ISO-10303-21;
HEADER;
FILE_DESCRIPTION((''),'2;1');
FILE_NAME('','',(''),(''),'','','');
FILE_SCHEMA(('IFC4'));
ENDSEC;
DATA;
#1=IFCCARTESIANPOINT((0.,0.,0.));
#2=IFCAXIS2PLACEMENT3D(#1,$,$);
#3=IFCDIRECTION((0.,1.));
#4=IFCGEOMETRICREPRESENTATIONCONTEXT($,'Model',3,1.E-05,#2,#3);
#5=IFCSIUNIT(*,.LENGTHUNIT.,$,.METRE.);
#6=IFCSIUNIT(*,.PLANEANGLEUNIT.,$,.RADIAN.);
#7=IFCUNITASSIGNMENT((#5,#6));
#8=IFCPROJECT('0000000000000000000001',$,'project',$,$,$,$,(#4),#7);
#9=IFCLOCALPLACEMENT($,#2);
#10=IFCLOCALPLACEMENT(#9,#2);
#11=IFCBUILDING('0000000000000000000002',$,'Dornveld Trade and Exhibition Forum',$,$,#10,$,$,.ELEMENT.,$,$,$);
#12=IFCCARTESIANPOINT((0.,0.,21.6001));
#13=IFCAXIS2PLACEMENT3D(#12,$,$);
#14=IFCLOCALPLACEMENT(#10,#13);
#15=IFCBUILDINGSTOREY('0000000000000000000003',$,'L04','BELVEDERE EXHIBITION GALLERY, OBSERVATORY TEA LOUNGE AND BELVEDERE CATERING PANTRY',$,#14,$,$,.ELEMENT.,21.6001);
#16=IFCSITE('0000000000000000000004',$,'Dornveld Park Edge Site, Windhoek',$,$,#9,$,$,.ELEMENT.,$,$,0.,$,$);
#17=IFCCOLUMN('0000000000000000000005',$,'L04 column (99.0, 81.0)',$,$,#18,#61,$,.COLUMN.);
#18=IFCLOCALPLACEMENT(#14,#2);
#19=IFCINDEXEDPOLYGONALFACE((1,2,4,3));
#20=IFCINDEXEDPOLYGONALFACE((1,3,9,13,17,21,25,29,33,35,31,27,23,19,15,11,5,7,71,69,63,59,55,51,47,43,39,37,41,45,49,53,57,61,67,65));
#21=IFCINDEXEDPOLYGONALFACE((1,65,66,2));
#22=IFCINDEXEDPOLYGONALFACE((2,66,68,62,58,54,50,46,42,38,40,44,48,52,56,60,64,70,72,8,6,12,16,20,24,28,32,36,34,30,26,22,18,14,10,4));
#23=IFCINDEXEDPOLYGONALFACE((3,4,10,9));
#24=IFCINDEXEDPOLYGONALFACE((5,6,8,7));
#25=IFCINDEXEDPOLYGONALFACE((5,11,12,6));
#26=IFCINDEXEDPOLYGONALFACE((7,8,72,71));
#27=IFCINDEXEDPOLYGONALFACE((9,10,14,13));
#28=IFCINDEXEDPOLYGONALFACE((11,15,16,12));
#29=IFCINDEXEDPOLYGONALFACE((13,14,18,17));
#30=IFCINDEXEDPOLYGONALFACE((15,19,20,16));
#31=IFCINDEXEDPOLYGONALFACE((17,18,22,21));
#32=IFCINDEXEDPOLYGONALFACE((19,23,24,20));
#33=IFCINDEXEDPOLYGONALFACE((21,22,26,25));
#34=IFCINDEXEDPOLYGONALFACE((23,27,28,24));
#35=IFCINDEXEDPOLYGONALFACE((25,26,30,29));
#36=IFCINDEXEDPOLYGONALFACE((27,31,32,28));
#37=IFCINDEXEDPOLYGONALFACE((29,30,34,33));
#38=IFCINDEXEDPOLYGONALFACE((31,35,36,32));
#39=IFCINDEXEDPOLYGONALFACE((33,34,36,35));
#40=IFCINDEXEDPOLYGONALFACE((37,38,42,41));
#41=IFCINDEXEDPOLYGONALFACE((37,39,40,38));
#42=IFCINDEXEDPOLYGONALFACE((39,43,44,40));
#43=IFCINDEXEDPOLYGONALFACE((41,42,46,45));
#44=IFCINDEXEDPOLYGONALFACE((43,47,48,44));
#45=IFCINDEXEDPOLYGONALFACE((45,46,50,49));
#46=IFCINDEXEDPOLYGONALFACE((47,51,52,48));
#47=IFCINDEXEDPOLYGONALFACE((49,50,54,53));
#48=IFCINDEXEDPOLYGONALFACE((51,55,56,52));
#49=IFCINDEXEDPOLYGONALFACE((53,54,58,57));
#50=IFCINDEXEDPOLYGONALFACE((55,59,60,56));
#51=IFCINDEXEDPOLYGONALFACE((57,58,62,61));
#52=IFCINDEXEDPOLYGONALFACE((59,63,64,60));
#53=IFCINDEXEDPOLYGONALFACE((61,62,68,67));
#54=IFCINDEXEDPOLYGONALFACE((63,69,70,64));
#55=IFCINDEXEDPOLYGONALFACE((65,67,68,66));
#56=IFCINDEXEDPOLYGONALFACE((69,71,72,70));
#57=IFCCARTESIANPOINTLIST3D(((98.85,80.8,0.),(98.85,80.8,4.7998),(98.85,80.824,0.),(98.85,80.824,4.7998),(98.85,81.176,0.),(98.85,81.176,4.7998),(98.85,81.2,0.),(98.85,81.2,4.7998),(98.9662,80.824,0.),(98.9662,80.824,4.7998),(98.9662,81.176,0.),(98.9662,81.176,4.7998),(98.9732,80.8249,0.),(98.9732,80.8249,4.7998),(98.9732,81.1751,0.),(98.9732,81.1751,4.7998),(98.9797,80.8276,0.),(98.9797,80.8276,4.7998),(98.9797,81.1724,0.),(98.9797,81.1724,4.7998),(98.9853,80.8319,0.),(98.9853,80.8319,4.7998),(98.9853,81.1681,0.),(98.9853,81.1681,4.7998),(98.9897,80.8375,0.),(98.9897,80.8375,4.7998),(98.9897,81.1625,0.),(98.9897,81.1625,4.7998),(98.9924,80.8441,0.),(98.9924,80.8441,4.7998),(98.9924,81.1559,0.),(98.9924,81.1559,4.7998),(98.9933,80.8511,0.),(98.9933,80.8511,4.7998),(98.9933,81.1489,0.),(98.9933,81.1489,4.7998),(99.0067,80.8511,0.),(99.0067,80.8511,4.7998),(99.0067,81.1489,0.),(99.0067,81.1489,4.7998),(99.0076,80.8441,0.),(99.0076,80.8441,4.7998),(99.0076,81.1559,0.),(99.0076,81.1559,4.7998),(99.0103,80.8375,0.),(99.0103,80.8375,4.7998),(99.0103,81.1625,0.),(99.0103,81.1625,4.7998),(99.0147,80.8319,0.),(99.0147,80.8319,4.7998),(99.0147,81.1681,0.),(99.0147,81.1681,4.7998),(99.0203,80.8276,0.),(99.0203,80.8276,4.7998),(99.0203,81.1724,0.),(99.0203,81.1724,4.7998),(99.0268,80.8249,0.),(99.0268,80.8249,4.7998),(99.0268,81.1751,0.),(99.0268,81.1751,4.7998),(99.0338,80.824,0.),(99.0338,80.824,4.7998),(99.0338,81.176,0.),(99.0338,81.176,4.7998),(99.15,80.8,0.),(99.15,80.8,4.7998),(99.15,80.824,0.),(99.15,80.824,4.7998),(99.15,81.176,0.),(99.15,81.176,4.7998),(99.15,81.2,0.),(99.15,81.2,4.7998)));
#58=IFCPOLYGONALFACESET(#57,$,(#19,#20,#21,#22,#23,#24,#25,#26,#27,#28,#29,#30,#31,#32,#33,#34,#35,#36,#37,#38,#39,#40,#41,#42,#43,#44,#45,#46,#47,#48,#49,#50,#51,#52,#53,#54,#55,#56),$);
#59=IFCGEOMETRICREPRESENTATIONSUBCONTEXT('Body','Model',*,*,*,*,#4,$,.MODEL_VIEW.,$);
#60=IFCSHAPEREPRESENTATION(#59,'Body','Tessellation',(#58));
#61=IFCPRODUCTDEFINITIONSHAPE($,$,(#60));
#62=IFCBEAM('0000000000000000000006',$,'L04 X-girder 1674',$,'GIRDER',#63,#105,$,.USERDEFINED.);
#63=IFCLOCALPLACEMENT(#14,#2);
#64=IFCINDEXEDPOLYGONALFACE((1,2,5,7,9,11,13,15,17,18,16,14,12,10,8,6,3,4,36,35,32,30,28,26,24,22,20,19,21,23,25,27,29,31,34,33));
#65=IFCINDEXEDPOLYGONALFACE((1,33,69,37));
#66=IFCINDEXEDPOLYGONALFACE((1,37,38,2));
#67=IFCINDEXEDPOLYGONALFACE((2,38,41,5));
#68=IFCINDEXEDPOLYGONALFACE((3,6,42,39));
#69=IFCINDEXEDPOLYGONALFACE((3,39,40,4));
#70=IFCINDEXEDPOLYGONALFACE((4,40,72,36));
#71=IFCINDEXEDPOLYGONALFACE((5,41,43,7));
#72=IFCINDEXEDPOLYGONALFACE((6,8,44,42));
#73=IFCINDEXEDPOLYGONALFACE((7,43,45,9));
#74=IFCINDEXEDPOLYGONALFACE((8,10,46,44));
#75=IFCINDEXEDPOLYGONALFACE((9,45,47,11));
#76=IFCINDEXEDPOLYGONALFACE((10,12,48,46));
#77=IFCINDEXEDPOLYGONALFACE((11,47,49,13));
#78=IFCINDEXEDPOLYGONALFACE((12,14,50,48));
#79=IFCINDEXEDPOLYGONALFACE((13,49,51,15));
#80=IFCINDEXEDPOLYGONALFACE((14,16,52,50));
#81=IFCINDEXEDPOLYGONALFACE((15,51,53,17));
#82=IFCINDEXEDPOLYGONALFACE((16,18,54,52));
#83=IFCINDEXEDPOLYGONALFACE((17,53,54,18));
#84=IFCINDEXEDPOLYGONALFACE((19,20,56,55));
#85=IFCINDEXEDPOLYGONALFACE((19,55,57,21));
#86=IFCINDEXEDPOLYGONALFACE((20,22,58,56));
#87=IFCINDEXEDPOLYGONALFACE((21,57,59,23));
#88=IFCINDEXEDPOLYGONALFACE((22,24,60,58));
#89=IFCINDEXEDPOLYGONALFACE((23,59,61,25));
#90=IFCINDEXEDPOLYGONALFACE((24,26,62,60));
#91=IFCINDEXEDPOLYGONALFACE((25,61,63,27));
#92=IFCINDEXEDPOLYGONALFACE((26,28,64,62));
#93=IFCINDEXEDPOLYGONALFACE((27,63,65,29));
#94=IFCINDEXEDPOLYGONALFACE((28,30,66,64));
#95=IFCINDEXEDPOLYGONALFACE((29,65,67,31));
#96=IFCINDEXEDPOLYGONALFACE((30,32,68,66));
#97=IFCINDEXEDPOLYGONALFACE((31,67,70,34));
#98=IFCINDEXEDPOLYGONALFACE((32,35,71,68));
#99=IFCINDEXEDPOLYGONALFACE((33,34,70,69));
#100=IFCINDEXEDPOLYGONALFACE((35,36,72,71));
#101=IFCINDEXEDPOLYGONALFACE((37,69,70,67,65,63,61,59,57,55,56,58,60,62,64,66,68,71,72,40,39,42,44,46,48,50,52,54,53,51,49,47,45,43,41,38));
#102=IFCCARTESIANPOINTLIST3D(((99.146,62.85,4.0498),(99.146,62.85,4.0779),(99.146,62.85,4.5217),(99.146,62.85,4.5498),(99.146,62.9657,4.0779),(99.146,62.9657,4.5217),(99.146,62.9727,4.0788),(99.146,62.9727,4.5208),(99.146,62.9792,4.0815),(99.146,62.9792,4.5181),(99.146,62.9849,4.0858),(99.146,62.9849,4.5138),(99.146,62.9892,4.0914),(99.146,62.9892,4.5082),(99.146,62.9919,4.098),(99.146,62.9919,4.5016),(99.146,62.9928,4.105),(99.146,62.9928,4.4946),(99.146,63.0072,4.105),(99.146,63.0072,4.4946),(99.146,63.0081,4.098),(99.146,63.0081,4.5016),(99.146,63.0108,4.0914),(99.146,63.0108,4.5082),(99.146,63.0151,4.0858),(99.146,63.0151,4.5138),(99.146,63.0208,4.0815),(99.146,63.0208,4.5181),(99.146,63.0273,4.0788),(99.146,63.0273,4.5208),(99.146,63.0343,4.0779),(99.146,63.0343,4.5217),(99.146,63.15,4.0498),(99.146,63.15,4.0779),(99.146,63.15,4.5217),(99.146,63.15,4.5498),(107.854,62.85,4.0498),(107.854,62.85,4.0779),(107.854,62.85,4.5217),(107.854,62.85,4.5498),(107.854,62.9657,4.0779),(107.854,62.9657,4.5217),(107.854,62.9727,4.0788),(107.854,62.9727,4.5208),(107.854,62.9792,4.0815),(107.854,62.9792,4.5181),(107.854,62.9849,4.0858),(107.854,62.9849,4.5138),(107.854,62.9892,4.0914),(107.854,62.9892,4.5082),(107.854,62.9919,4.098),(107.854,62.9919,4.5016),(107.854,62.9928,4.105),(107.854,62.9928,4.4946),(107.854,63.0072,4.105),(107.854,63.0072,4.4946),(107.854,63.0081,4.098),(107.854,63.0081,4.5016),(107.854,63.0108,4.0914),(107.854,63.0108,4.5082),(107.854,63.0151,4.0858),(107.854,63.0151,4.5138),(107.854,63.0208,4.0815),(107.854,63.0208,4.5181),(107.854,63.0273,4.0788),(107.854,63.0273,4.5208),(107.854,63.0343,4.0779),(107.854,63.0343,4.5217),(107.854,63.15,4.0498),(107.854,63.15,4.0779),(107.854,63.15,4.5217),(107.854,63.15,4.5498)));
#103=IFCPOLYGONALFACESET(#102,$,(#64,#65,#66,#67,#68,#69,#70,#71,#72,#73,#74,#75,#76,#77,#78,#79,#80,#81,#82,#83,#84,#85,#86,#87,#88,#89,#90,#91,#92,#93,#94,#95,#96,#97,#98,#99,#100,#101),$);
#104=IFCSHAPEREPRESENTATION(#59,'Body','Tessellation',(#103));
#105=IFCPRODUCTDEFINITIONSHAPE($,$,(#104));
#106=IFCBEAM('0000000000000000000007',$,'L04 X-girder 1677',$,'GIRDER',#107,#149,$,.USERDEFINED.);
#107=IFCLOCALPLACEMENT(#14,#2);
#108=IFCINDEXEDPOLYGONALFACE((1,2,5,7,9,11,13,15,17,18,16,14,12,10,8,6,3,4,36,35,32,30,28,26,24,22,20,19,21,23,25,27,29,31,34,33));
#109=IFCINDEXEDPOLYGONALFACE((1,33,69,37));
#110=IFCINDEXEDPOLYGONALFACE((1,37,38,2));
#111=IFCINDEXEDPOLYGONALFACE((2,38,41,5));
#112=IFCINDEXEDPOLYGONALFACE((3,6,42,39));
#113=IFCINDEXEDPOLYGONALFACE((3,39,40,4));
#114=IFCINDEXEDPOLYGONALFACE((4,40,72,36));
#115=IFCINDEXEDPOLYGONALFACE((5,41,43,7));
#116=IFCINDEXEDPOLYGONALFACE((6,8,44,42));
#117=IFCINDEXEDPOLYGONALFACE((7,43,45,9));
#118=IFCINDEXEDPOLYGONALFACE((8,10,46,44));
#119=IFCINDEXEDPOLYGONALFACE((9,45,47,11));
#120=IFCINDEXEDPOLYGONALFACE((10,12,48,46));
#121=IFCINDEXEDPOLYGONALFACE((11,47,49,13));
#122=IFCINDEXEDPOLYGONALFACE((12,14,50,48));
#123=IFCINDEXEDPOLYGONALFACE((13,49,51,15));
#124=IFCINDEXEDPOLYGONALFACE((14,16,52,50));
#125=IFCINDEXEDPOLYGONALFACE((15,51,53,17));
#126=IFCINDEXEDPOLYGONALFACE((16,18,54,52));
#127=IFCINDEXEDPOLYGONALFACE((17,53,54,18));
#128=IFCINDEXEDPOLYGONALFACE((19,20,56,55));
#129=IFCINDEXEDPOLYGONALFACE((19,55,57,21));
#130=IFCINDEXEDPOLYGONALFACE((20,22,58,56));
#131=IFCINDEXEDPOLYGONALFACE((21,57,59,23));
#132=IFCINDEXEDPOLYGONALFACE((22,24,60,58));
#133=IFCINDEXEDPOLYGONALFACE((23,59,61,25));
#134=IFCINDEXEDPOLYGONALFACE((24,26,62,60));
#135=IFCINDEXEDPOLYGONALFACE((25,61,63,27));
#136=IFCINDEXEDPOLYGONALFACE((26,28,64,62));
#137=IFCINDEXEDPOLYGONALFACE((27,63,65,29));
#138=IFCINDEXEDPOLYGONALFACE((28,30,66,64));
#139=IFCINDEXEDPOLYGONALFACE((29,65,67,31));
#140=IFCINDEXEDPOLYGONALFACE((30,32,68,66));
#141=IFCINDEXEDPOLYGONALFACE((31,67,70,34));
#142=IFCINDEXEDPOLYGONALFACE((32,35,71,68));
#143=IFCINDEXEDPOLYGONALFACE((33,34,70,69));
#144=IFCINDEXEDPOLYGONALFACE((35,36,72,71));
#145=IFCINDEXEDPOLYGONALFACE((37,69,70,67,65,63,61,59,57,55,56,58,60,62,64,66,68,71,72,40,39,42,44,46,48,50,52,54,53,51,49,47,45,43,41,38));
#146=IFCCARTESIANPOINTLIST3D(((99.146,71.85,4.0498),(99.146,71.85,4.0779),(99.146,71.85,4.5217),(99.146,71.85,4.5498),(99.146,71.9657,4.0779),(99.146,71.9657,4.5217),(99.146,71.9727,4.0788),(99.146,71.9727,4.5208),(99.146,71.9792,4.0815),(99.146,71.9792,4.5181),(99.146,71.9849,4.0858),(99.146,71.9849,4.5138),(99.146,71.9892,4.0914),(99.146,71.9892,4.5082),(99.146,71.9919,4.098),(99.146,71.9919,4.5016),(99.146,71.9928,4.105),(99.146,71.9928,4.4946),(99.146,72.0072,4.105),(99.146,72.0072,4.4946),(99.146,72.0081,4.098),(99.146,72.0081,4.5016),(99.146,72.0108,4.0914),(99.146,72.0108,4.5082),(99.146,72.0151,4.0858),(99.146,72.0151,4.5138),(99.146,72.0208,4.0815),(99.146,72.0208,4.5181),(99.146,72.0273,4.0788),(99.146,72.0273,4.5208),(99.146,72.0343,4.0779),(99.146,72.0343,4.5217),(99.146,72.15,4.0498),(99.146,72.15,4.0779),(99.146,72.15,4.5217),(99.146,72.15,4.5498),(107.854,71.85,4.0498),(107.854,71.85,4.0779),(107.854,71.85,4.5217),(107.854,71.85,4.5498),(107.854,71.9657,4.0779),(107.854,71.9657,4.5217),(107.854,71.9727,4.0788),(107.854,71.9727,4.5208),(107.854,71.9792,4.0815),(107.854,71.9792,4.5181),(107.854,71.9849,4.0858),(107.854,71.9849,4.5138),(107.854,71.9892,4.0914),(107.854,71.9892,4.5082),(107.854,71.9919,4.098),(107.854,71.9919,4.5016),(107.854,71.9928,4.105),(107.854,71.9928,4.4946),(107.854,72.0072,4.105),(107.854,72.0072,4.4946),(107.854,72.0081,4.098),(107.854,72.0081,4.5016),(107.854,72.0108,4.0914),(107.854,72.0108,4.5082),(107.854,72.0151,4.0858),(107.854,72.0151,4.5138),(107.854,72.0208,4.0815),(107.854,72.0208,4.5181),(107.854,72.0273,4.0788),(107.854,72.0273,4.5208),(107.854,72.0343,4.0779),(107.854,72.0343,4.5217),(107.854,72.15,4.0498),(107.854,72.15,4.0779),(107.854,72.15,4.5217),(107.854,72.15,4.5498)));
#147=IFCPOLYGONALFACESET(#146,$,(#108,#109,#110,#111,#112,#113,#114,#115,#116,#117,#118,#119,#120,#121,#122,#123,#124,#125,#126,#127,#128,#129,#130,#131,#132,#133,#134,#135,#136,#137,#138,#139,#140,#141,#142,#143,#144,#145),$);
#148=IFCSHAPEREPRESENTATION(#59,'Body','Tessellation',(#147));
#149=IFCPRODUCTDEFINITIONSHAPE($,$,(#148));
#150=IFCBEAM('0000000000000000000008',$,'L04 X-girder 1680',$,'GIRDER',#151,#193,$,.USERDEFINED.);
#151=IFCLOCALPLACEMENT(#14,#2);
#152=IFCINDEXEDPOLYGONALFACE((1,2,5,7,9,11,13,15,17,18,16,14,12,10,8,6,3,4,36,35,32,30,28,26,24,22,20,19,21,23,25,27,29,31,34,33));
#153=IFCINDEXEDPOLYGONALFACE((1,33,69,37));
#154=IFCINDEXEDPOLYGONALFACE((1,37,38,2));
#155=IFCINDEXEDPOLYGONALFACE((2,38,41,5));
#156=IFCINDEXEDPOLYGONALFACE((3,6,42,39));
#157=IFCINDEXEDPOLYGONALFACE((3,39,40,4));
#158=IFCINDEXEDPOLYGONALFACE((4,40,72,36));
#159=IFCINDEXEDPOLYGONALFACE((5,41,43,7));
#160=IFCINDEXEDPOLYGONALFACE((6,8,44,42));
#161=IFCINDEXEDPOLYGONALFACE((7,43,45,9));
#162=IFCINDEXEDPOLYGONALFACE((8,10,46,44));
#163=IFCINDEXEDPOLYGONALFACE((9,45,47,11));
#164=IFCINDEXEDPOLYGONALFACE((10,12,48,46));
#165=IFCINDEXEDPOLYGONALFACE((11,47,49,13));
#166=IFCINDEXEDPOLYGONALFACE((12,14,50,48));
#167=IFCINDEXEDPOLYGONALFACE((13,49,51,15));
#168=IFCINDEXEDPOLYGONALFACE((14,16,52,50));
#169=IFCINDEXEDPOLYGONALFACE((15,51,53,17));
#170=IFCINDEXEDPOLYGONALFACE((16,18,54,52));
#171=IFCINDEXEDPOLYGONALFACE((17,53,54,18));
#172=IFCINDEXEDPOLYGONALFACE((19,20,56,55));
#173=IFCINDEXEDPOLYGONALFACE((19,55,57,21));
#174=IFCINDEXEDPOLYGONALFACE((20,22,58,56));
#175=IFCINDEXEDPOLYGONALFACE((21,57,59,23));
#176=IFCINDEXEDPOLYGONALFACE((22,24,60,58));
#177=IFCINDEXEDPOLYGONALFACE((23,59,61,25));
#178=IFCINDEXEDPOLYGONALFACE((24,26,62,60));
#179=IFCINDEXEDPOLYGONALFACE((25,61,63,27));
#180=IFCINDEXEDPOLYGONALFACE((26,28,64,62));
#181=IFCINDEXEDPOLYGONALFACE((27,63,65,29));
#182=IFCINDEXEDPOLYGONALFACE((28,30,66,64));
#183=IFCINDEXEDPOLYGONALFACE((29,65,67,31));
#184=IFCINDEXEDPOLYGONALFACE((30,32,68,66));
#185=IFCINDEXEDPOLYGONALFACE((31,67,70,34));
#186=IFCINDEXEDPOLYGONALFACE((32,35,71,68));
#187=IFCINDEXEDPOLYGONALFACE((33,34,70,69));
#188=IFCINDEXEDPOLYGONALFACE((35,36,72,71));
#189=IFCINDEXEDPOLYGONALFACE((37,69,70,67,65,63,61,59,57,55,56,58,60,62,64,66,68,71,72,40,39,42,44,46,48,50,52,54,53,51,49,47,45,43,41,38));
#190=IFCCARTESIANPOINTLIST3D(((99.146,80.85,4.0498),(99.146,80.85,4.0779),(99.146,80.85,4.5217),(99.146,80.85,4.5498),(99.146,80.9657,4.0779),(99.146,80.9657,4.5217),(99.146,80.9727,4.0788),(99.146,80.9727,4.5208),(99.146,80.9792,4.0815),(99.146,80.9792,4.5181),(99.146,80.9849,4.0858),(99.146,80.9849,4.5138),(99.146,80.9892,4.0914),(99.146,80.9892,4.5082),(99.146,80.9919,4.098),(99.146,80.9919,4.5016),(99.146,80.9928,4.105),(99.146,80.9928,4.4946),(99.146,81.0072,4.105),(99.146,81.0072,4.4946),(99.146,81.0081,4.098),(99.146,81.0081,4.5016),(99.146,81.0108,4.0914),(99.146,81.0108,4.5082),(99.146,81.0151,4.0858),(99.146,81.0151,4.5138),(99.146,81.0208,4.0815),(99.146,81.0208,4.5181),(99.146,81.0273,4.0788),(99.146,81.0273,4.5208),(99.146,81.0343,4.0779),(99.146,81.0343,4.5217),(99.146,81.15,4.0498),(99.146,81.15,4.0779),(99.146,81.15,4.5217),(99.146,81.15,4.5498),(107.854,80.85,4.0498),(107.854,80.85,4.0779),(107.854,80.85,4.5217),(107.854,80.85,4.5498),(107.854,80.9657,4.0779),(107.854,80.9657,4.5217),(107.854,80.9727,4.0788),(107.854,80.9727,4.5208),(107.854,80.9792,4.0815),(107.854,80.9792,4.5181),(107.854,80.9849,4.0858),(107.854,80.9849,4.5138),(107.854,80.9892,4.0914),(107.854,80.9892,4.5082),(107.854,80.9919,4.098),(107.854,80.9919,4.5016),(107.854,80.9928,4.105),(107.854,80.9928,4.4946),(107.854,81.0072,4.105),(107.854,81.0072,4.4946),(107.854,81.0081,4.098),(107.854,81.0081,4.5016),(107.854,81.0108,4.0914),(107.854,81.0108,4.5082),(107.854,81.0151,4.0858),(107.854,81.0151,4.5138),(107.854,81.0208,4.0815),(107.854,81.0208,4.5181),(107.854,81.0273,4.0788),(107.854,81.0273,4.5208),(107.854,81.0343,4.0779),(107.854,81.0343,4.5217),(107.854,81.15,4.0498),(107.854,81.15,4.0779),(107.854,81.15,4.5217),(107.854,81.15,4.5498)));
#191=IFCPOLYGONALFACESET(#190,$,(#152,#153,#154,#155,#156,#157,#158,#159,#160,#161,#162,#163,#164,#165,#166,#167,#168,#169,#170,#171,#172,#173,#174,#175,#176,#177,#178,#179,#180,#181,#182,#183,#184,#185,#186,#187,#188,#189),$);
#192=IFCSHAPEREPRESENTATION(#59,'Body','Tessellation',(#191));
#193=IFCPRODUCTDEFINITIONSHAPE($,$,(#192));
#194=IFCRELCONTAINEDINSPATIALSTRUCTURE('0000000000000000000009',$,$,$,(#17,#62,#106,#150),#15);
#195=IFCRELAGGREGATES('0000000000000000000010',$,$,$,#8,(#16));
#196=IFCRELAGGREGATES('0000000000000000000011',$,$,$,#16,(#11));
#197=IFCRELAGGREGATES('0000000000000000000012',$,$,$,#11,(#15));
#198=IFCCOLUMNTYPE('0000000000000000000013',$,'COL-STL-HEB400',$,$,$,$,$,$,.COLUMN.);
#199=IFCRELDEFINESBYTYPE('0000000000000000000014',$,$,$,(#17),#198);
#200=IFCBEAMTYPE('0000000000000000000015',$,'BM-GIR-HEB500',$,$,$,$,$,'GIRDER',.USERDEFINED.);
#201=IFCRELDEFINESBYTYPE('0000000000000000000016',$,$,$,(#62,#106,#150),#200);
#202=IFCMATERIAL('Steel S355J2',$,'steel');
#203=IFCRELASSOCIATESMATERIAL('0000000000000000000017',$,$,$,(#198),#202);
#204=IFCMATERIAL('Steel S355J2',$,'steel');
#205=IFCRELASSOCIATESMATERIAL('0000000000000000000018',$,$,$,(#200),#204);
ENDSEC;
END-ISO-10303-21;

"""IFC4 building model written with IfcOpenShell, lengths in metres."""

from ifc_helpers import new_model, si_unit, direction, frame, origin, origin_2d, place, context, subcontext, project, spatial, i_section, extrude, material, material_profile, profile_set, type_object, element, save


model = new_model("IFC4")

# Units and contexts
model_context = context("Model", 3, precision=1e-05, world=origin(), true_north=direction((0.0, 1.0)))
body_context = subcontext(model_context, "Body", "Model", "MODEL_VIEW")
ifc_project = project(units=[si_unit("LENGTHUNIT", "METRE"), si_unit("PLANEANGLEUNIT", "RADIAN")], contexts=[model_context])

# Site, building, storey
site_placement = place(None, origin())
site = spatial("IfcSite", under=ifc_project, at=site_placement, Name="Dornveld Park Edge Site, Windhoek", CompositionType="ELEMENT", RefElevation=0.0)
building_placement = place(site_placement, origin())
building = spatial("IfcBuilding", under=site, at=building_placement, Name="Dornveld Trade and Exhibition Forum", CompositionType="ELEMENT")
storey_placement = place(building_placement, frame((0.0, 0.0, 21.6001)))
storey = spatial("IfcBuildingStorey", under=building, at=storey_placement, Name="L04", Description="BELVEDERE EXHIBITION GALLERY, OBSERVATORY TEA LOUNGE AND BELVEDERE CATERING PANTRY", CompositionType="ELEMENT", Elevation=21.6001)

# Column
ifc_material_1 = material(Name="Steel S355J2", Category="steel")
ifc_material_profile_1 = material_profile(ifc_material_1, i_section(OverallWidth=0.3, OverallDepth=0.3999, WebThickness=0.0134, FlangeThickness=0.0239, FilletRadius=0.0271, at=origin_2d()), Name="HEB 400")
ifc_profile_set_1 = profile_set([ifc_material_profile_1], Name="Steel S355J2")
column_type_1 = type_object("IfcColumnType", Name="COL-STL-HEB400", PredefinedType="COLUMN", material=ifc_profile_set_1)
for number, where, z_axis, x_axis, name in (
    (1, (99.0, 81.0, 0.0), (0.0, 0.0, 1.0), (1.0, 0.0, 0.0), "L04 column (99.0, 81.0)"),
):
    element("IfcColumn", number, at=place(storey_placement, frame(where, z_axis=z_axis, x_axis=x_axis)), inside=storey, type_object=column_type_1, Name=name, PredefinedType="COLUMN", context=body_context, shape_type="SweptSolid", body=[
        extrude(i_section(OverallWidth=0.3, OverallDepth=0.3999, WebThickness=0.0134, FlangeThickness=0.0239, FilletRadius=0.0271, at=origin_2d()), origin(), (0.0, 0.0, 1.0), 4.7998),
    ])

# Beams
ifc_material_2 = material(Name="Steel S355J2", Category="steel")
ifc_material_profile_2 = material_profile(ifc_material_2, i_section(OverallWidth=0.3, OverallDepth=0.5, WebThickness=0.0144, FlangeThickness=0.0281, FilletRadius=0.0271, at=origin_2d()), Name="HEB 500")
ifc_profile_set_2 = profile_set([ifc_material_profile_2], Name="Steel S355J2")
beam_type_1 = type_object("IfcBeamType", Name="BM-GIR-HEB500", ElementType="GIRDER", PredefinedType="USERDEFINED", material=ifc_profile_set_2)
for number, where, z_axis, x_axis, name in (
    (2, (99.146, 63.0, 4.2998), (1.0, 0.0, 0.0), (0.0, 1.0, 0.0), "L04 X-girder 1674"),
    (3, (99.146, 72.0, 4.2998), (1.0, 0.0, 0.0), (0.0, 1.0, 0.0), "L04 X-girder 1677"),
    (4, (99.146, 81.0, 4.2998), (1.0, 0.0, 0.0), (0.0, 1.0, 0.0), "L04 X-girder 1680"),
):
    element("IfcBeam", number, at=place(storey_placement, frame(where, z_axis=z_axis, x_axis=x_axis)), inside=storey, type_object=beam_type_1, Name=name, ObjectType="GIRDER", PredefinedType="USERDEFINED", context=body_context, shape_type="SweptSolid", body=[
        extrude(i_section(OverallWidth=0.3, OverallDepth=0.5, WebThickness=0.0144, FlangeThickness=0.0281, FilletRadius=0.0271, at=origin_2d()), origin(), (0.0, 0.0, 1.0), 8.708),
    ])

save(model, "model.ifc")
